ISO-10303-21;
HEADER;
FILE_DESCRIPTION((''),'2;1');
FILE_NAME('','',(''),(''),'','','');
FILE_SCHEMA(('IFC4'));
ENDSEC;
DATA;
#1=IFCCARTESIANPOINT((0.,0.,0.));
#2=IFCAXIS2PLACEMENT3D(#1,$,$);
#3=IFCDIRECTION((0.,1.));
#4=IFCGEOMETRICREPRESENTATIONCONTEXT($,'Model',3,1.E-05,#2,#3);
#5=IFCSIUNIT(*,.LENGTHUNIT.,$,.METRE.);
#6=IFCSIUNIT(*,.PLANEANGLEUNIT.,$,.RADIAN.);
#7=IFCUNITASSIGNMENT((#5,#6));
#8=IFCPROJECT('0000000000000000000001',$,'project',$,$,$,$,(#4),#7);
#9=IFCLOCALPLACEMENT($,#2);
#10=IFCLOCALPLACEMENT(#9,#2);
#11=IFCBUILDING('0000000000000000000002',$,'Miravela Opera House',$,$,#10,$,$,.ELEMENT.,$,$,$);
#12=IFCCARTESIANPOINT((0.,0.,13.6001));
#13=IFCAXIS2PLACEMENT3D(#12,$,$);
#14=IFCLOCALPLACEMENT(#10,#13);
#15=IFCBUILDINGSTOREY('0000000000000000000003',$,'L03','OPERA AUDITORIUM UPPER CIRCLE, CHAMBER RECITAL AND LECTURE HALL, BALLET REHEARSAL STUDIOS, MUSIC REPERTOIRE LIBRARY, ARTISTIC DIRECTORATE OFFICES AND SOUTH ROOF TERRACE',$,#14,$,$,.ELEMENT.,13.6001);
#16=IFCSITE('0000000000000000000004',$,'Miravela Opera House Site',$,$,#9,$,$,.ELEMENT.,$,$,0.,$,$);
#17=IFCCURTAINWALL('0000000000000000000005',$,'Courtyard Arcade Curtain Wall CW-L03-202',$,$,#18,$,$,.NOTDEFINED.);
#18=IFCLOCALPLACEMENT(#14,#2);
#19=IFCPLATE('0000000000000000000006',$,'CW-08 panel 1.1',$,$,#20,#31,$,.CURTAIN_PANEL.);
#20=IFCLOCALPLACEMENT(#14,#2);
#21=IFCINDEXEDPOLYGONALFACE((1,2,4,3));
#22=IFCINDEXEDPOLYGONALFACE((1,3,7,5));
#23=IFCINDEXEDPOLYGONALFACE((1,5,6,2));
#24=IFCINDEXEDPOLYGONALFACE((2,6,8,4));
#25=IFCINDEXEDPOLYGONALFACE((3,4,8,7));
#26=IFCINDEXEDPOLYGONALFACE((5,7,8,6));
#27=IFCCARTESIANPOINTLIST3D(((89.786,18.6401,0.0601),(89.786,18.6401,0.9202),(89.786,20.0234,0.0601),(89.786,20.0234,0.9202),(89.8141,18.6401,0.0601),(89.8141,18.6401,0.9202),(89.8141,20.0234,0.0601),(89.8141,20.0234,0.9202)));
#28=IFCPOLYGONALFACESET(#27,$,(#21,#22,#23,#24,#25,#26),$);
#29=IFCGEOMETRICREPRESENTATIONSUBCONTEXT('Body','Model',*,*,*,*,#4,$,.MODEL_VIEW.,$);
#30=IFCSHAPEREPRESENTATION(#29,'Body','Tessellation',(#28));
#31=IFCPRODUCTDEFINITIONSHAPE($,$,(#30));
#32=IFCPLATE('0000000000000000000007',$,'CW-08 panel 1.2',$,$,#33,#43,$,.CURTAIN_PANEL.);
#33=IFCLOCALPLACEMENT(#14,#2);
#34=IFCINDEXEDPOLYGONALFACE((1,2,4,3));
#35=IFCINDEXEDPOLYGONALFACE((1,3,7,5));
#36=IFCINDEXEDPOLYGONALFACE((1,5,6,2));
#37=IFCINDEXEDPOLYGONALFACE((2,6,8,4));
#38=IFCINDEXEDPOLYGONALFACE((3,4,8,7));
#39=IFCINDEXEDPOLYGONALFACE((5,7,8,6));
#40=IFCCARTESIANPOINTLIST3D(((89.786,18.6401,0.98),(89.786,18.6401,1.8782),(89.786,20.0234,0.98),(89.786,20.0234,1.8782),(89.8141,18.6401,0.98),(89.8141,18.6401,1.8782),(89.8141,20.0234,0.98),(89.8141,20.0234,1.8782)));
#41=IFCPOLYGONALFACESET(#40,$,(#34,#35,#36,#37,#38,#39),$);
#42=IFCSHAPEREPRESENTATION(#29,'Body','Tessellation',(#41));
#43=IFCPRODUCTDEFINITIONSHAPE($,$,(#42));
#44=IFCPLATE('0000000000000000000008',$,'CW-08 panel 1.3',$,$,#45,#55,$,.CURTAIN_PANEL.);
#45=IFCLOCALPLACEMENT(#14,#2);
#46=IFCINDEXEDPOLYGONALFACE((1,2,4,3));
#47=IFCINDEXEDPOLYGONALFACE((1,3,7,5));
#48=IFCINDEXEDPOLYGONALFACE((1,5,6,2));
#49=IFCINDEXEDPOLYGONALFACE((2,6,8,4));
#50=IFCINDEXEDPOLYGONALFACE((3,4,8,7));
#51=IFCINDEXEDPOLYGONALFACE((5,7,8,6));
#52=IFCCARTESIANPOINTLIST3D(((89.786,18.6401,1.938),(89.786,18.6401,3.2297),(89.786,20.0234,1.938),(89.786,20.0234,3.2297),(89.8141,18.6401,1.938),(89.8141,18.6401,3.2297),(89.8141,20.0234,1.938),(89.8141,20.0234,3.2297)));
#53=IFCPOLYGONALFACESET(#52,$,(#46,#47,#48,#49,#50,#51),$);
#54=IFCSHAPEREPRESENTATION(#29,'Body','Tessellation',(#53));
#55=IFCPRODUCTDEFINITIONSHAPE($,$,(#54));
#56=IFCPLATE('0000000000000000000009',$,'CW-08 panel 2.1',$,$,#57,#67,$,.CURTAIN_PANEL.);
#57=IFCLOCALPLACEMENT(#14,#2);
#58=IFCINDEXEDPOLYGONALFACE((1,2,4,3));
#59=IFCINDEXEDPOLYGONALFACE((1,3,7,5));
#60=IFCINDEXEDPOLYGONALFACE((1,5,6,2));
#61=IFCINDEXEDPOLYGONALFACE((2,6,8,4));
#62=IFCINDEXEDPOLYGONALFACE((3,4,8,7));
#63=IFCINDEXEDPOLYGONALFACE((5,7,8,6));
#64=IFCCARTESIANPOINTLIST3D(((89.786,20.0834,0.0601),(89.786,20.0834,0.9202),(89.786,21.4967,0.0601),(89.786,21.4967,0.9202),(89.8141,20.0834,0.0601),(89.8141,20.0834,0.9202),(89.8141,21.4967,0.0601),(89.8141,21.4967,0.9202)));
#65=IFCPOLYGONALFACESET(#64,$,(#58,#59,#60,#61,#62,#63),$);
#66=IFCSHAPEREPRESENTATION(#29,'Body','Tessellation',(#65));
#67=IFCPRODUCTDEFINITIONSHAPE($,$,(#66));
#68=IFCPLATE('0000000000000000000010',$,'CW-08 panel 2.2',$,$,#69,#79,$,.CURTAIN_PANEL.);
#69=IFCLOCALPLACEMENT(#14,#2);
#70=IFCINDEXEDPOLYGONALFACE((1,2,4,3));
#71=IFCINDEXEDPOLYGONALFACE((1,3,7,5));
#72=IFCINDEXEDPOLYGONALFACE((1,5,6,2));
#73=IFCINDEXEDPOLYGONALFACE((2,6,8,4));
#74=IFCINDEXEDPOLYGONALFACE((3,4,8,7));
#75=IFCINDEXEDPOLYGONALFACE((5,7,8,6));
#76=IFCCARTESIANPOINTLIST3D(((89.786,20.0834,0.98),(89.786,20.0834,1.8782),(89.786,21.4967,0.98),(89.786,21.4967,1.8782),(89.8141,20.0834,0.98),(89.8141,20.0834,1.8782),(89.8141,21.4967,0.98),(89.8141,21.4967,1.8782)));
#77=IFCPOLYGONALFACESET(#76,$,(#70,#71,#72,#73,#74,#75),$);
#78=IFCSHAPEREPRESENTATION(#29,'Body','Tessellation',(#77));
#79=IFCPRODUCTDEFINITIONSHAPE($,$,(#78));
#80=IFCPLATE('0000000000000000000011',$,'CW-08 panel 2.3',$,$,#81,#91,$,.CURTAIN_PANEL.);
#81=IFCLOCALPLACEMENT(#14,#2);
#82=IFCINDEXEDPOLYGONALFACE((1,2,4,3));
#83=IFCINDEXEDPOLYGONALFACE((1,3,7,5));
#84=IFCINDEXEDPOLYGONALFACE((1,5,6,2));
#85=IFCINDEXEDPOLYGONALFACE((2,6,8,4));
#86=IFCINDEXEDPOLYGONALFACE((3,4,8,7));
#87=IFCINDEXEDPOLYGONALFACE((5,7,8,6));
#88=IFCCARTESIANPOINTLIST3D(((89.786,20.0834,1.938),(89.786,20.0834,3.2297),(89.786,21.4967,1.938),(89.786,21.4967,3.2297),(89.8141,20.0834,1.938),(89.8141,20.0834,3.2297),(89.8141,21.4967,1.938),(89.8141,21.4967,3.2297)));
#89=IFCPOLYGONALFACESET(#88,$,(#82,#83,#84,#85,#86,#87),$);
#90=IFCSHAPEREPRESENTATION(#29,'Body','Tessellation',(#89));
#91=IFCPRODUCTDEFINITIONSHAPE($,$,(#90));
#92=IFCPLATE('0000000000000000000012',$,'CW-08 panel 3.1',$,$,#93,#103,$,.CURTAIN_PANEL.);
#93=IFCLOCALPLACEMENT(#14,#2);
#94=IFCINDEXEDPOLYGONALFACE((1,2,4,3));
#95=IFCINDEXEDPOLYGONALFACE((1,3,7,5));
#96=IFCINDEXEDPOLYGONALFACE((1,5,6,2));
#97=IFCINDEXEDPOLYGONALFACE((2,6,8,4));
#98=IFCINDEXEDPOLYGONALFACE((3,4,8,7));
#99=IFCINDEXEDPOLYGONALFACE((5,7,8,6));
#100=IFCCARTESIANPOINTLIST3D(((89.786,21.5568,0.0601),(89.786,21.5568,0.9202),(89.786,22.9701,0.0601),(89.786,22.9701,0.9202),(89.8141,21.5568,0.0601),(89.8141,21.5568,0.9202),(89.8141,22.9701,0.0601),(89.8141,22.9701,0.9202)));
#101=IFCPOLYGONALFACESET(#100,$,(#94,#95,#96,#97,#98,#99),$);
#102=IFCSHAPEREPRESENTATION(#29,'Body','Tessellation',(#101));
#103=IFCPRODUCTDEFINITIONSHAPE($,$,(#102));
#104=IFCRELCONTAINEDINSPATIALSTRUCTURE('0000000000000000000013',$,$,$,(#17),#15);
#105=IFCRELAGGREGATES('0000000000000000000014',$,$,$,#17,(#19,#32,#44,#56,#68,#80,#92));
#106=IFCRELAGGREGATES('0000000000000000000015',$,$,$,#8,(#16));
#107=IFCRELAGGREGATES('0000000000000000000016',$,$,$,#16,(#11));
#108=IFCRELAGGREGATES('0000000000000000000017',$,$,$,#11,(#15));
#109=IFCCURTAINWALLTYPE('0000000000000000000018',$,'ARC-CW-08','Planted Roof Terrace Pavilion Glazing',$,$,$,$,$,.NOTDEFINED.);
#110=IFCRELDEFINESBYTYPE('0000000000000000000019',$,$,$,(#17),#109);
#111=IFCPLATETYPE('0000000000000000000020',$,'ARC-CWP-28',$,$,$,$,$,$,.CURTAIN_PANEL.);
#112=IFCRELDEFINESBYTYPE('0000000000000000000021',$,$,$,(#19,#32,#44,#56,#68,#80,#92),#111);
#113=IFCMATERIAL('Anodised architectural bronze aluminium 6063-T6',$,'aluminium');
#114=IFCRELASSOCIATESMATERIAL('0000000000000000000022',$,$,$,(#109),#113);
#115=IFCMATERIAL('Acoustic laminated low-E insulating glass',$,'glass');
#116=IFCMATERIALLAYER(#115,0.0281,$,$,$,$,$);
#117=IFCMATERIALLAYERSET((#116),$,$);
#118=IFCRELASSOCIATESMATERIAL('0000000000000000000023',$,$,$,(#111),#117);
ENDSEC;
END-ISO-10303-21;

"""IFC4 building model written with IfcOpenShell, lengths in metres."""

from ifc_helpers import new_model, si_unit, direction, frame, origin, origin_2d, place, context, subcontext, project, spatial, rectangle, extrude, material, layer, layer_set, type_object, element, aggregate, save


model = new_model("IFC4")

# Units and contexts
model_context = context("Model", 3, precision=1e-05, world=origin(), true_north=direction((0.0, 1.0)))
body_context = subcontext(model_context, "Body", "Model", "MODEL_VIEW")
ifc_project = project(units=[si_unit("LENGTHUNIT", "METRE"), si_unit("PLANEANGLEUNIT", "RADIAN")], contexts=[model_context])

# Site, building, storey
site_placement = place(None, origin())
site = spatial("IfcSite", under=ifc_project, at=site_placement, Name="Miravela Opera House Site", CompositionType="ELEMENT", RefElevation=0.0)
building_placement = place(site_placement, origin())
building = spatial("IfcBuilding", under=site, at=building_placement, Name="Miravela Opera House", CompositionType="ELEMENT")
storey_placement = place(building_placement, frame((0.0, 0.0, 13.6001)))
storey = spatial("IfcBuildingStorey", under=building, at=storey_placement, Name="L03", Description="OPERA AUDITORIUM UPPER CIRCLE, CHAMBER RECITAL AND LECTURE HALL, BALLET REHEARSAL STUDIOS, MUSIC REPERTOIRE LIBRARY, ARTISTIC DIRECTORATE OFFICES AND SOUTH ROOF TERRACE", CompositionType="ELEMENT", Elevation=13.6001)

# Curtain wall
ifc_material_1 = material(Name="Anodised architectural bronze aluminium 6063-T6", Category="aluminium")
curtain_wall_type = type_object("IfcCurtainWallType", Name="ARC-CW-08", Description="Planted Roof Terrace Pavilion Glazing", PredefinedType="NOTDEFINED", material=ifc_material_1)
curtain_wall_1_placement = place(storey_placement, origin())
curtain_wall_1 = element("IfcCurtainWall", 1, at=curtain_wall_1_placement, inside=storey, type_object=curtain_wall_type, Name="Courtyard Arcade Curtain Wall CW-L03-202", PredefinedType="NOTDEFINED")

# Plates
ifc_material_2 = material(Name="Acoustic laminated low-E insulating glass", Category="glass")
ifc_layer = layer(ifc_material_2, 0.0281)
ifc_layer_set = layer_set([ifc_layer])
plate_type = type_object("IfcPlateType", Name="ARC-CWP-28", PredefinedType="CURTAIN_PANEL", material=ifc_layer_set)
plate_1_placement = place(storey_placement, frame((89.8, 19.3318, 0.0601), z_axis=(0.0, 0.0, 1.0), x_axis=(0.0, 1.0, 0.0)))
plate_1 = element("IfcPlate", 2, at=plate_1_placement, type_object=plate_type, Name="CW-08 panel 1.1", PredefinedType="CURTAIN_PANEL", context=body_context, shape_type="SweptSolid", body=[
    extrude(rectangle(XDim=1.3833, YDim=0.0281, at=origin_2d()), origin(), (0.0, 0.0, 1.0), 0.8601),
])
plate_2_placement = place(storey_placement, frame((89.8, 19.3318, 0.98), z_axis=(0.0, 0.0, 1.0), x_axis=(0.0, 1.0, 0.0)))
plate_2 = element("IfcPlate", 3, at=plate_2_placement, type_object=plate_type, Name="CW-08 panel 1.2", PredefinedType="CURTAIN_PANEL", context=body_context, shape_type="SweptSolid", body=[
    extrude(rectangle(XDim=1.3833, YDim=0.0281, at=origin_2d()), origin(), (0.0, 0.0, 1.0), 0.8982),
])
plate_3_placement = place(storey_placement, frame((89.8, 19.3318, 1.938), z_axis=(0.0, 0.0, 1.0), x_axis=(0.0, 1.0, 0.0)))
plate_3 = element("IfcPlate", 4, at=plate_3_placement, type_object=plate_type, Name="CW-08 panel 1.3", PredefinedType="CURTAIN_PANEL", context=body_context, shape_type="SweptSolid", body=[
    extrude(rectangle(XDim=1.3833, YDim=0.0281, at=origin_2d()), origin(), (0.0, 0.0, 1.0), 1.2917),
])
plate_4_placement = place(storey_placement, frame((89.8, 20.79, 0.0601), z_axis=(0.0, 0.0, 1.0), x_axis=(0.0, 1.0, 0.0)))
plate_4 = element("IfcPlate", 5, at=plate_4_placement, type_object=plate_type, Name="CW-08 panel 2.1", PredefinedType="CURTAIN_PANEL", context=body_context, shape_type="SweptSolid", body=[
    extrude(rectangle(XDim=1.4133, YDim=0.0281, at=origin_2d()), origin(), (0.0, 0.0, 1.0), 0.8601),
])
plate_5_placement = place(storey_placement, frame((89.8, 20.79, 0.98), z_axis=(0.0, 0.0, 1.0), x_axis=(0.0, 1.0, 0.0)))
plate_5 = element("IfcPlate", 6, at=plate_5_placement, type_object=plate_type, Name="CW-08 panel 2.2", PredefinedType="CURTAIN_PANEL", context=body_context, shape_type="SweptSolid", body=[
    extrude(rectangle(XDim=1.4133, YDim=0.0281, at=origin_2d()), origin(), (0.0, 0.0, 1.0), 0.8982),
])
plate_6_placement = place(storey_placement, frame((89.8, 20.79, 1.938), z_axis=(0.0, 0.0, 1.0), x_axis=(0.0, 1.0, 0.0)))
plate_6 = element("IfcPlate", 7, at=plate_6_placement, type_object=plate_type, Name="CW-08 panel 2.3", PredefinedType="CURTAIN_PANEL", context=body_context, shape_type="SweptSolid", body=[
    extrude(rectangle(XDim=1.4133, YDim=0.0281, at=origin_2d()), origin(), (0.0, 0.0, 1.0), 1.2917),
])
plate_7_placement = place(storey_placement, frame((89.8, 22.2634, 0.0601), z_axis=(0.0, 0.0, 1.0), x_axis=(0.0, 1.0, 0.0)))
plate_7 = element("IfcPlate", 8, at=plate_7_placement, type_object=plate_type, Name="CW-08 panel 3.1", PredefinedType="CURTAIN_PANEL", context=body_context, shape_type="SweptSolid", body=[
    extrude(rectangle(XDim=1.4133, YDim=0.0281, at=origin_2d()), origin(), (0.0, 0.0, 1.0), 0.8601),
])
aggregate(curtain_wall_1, [plate_1, plate_2, plate_3, plate_4, plate_5, plate_6, plate_7])

save(model, "model.ifc")
